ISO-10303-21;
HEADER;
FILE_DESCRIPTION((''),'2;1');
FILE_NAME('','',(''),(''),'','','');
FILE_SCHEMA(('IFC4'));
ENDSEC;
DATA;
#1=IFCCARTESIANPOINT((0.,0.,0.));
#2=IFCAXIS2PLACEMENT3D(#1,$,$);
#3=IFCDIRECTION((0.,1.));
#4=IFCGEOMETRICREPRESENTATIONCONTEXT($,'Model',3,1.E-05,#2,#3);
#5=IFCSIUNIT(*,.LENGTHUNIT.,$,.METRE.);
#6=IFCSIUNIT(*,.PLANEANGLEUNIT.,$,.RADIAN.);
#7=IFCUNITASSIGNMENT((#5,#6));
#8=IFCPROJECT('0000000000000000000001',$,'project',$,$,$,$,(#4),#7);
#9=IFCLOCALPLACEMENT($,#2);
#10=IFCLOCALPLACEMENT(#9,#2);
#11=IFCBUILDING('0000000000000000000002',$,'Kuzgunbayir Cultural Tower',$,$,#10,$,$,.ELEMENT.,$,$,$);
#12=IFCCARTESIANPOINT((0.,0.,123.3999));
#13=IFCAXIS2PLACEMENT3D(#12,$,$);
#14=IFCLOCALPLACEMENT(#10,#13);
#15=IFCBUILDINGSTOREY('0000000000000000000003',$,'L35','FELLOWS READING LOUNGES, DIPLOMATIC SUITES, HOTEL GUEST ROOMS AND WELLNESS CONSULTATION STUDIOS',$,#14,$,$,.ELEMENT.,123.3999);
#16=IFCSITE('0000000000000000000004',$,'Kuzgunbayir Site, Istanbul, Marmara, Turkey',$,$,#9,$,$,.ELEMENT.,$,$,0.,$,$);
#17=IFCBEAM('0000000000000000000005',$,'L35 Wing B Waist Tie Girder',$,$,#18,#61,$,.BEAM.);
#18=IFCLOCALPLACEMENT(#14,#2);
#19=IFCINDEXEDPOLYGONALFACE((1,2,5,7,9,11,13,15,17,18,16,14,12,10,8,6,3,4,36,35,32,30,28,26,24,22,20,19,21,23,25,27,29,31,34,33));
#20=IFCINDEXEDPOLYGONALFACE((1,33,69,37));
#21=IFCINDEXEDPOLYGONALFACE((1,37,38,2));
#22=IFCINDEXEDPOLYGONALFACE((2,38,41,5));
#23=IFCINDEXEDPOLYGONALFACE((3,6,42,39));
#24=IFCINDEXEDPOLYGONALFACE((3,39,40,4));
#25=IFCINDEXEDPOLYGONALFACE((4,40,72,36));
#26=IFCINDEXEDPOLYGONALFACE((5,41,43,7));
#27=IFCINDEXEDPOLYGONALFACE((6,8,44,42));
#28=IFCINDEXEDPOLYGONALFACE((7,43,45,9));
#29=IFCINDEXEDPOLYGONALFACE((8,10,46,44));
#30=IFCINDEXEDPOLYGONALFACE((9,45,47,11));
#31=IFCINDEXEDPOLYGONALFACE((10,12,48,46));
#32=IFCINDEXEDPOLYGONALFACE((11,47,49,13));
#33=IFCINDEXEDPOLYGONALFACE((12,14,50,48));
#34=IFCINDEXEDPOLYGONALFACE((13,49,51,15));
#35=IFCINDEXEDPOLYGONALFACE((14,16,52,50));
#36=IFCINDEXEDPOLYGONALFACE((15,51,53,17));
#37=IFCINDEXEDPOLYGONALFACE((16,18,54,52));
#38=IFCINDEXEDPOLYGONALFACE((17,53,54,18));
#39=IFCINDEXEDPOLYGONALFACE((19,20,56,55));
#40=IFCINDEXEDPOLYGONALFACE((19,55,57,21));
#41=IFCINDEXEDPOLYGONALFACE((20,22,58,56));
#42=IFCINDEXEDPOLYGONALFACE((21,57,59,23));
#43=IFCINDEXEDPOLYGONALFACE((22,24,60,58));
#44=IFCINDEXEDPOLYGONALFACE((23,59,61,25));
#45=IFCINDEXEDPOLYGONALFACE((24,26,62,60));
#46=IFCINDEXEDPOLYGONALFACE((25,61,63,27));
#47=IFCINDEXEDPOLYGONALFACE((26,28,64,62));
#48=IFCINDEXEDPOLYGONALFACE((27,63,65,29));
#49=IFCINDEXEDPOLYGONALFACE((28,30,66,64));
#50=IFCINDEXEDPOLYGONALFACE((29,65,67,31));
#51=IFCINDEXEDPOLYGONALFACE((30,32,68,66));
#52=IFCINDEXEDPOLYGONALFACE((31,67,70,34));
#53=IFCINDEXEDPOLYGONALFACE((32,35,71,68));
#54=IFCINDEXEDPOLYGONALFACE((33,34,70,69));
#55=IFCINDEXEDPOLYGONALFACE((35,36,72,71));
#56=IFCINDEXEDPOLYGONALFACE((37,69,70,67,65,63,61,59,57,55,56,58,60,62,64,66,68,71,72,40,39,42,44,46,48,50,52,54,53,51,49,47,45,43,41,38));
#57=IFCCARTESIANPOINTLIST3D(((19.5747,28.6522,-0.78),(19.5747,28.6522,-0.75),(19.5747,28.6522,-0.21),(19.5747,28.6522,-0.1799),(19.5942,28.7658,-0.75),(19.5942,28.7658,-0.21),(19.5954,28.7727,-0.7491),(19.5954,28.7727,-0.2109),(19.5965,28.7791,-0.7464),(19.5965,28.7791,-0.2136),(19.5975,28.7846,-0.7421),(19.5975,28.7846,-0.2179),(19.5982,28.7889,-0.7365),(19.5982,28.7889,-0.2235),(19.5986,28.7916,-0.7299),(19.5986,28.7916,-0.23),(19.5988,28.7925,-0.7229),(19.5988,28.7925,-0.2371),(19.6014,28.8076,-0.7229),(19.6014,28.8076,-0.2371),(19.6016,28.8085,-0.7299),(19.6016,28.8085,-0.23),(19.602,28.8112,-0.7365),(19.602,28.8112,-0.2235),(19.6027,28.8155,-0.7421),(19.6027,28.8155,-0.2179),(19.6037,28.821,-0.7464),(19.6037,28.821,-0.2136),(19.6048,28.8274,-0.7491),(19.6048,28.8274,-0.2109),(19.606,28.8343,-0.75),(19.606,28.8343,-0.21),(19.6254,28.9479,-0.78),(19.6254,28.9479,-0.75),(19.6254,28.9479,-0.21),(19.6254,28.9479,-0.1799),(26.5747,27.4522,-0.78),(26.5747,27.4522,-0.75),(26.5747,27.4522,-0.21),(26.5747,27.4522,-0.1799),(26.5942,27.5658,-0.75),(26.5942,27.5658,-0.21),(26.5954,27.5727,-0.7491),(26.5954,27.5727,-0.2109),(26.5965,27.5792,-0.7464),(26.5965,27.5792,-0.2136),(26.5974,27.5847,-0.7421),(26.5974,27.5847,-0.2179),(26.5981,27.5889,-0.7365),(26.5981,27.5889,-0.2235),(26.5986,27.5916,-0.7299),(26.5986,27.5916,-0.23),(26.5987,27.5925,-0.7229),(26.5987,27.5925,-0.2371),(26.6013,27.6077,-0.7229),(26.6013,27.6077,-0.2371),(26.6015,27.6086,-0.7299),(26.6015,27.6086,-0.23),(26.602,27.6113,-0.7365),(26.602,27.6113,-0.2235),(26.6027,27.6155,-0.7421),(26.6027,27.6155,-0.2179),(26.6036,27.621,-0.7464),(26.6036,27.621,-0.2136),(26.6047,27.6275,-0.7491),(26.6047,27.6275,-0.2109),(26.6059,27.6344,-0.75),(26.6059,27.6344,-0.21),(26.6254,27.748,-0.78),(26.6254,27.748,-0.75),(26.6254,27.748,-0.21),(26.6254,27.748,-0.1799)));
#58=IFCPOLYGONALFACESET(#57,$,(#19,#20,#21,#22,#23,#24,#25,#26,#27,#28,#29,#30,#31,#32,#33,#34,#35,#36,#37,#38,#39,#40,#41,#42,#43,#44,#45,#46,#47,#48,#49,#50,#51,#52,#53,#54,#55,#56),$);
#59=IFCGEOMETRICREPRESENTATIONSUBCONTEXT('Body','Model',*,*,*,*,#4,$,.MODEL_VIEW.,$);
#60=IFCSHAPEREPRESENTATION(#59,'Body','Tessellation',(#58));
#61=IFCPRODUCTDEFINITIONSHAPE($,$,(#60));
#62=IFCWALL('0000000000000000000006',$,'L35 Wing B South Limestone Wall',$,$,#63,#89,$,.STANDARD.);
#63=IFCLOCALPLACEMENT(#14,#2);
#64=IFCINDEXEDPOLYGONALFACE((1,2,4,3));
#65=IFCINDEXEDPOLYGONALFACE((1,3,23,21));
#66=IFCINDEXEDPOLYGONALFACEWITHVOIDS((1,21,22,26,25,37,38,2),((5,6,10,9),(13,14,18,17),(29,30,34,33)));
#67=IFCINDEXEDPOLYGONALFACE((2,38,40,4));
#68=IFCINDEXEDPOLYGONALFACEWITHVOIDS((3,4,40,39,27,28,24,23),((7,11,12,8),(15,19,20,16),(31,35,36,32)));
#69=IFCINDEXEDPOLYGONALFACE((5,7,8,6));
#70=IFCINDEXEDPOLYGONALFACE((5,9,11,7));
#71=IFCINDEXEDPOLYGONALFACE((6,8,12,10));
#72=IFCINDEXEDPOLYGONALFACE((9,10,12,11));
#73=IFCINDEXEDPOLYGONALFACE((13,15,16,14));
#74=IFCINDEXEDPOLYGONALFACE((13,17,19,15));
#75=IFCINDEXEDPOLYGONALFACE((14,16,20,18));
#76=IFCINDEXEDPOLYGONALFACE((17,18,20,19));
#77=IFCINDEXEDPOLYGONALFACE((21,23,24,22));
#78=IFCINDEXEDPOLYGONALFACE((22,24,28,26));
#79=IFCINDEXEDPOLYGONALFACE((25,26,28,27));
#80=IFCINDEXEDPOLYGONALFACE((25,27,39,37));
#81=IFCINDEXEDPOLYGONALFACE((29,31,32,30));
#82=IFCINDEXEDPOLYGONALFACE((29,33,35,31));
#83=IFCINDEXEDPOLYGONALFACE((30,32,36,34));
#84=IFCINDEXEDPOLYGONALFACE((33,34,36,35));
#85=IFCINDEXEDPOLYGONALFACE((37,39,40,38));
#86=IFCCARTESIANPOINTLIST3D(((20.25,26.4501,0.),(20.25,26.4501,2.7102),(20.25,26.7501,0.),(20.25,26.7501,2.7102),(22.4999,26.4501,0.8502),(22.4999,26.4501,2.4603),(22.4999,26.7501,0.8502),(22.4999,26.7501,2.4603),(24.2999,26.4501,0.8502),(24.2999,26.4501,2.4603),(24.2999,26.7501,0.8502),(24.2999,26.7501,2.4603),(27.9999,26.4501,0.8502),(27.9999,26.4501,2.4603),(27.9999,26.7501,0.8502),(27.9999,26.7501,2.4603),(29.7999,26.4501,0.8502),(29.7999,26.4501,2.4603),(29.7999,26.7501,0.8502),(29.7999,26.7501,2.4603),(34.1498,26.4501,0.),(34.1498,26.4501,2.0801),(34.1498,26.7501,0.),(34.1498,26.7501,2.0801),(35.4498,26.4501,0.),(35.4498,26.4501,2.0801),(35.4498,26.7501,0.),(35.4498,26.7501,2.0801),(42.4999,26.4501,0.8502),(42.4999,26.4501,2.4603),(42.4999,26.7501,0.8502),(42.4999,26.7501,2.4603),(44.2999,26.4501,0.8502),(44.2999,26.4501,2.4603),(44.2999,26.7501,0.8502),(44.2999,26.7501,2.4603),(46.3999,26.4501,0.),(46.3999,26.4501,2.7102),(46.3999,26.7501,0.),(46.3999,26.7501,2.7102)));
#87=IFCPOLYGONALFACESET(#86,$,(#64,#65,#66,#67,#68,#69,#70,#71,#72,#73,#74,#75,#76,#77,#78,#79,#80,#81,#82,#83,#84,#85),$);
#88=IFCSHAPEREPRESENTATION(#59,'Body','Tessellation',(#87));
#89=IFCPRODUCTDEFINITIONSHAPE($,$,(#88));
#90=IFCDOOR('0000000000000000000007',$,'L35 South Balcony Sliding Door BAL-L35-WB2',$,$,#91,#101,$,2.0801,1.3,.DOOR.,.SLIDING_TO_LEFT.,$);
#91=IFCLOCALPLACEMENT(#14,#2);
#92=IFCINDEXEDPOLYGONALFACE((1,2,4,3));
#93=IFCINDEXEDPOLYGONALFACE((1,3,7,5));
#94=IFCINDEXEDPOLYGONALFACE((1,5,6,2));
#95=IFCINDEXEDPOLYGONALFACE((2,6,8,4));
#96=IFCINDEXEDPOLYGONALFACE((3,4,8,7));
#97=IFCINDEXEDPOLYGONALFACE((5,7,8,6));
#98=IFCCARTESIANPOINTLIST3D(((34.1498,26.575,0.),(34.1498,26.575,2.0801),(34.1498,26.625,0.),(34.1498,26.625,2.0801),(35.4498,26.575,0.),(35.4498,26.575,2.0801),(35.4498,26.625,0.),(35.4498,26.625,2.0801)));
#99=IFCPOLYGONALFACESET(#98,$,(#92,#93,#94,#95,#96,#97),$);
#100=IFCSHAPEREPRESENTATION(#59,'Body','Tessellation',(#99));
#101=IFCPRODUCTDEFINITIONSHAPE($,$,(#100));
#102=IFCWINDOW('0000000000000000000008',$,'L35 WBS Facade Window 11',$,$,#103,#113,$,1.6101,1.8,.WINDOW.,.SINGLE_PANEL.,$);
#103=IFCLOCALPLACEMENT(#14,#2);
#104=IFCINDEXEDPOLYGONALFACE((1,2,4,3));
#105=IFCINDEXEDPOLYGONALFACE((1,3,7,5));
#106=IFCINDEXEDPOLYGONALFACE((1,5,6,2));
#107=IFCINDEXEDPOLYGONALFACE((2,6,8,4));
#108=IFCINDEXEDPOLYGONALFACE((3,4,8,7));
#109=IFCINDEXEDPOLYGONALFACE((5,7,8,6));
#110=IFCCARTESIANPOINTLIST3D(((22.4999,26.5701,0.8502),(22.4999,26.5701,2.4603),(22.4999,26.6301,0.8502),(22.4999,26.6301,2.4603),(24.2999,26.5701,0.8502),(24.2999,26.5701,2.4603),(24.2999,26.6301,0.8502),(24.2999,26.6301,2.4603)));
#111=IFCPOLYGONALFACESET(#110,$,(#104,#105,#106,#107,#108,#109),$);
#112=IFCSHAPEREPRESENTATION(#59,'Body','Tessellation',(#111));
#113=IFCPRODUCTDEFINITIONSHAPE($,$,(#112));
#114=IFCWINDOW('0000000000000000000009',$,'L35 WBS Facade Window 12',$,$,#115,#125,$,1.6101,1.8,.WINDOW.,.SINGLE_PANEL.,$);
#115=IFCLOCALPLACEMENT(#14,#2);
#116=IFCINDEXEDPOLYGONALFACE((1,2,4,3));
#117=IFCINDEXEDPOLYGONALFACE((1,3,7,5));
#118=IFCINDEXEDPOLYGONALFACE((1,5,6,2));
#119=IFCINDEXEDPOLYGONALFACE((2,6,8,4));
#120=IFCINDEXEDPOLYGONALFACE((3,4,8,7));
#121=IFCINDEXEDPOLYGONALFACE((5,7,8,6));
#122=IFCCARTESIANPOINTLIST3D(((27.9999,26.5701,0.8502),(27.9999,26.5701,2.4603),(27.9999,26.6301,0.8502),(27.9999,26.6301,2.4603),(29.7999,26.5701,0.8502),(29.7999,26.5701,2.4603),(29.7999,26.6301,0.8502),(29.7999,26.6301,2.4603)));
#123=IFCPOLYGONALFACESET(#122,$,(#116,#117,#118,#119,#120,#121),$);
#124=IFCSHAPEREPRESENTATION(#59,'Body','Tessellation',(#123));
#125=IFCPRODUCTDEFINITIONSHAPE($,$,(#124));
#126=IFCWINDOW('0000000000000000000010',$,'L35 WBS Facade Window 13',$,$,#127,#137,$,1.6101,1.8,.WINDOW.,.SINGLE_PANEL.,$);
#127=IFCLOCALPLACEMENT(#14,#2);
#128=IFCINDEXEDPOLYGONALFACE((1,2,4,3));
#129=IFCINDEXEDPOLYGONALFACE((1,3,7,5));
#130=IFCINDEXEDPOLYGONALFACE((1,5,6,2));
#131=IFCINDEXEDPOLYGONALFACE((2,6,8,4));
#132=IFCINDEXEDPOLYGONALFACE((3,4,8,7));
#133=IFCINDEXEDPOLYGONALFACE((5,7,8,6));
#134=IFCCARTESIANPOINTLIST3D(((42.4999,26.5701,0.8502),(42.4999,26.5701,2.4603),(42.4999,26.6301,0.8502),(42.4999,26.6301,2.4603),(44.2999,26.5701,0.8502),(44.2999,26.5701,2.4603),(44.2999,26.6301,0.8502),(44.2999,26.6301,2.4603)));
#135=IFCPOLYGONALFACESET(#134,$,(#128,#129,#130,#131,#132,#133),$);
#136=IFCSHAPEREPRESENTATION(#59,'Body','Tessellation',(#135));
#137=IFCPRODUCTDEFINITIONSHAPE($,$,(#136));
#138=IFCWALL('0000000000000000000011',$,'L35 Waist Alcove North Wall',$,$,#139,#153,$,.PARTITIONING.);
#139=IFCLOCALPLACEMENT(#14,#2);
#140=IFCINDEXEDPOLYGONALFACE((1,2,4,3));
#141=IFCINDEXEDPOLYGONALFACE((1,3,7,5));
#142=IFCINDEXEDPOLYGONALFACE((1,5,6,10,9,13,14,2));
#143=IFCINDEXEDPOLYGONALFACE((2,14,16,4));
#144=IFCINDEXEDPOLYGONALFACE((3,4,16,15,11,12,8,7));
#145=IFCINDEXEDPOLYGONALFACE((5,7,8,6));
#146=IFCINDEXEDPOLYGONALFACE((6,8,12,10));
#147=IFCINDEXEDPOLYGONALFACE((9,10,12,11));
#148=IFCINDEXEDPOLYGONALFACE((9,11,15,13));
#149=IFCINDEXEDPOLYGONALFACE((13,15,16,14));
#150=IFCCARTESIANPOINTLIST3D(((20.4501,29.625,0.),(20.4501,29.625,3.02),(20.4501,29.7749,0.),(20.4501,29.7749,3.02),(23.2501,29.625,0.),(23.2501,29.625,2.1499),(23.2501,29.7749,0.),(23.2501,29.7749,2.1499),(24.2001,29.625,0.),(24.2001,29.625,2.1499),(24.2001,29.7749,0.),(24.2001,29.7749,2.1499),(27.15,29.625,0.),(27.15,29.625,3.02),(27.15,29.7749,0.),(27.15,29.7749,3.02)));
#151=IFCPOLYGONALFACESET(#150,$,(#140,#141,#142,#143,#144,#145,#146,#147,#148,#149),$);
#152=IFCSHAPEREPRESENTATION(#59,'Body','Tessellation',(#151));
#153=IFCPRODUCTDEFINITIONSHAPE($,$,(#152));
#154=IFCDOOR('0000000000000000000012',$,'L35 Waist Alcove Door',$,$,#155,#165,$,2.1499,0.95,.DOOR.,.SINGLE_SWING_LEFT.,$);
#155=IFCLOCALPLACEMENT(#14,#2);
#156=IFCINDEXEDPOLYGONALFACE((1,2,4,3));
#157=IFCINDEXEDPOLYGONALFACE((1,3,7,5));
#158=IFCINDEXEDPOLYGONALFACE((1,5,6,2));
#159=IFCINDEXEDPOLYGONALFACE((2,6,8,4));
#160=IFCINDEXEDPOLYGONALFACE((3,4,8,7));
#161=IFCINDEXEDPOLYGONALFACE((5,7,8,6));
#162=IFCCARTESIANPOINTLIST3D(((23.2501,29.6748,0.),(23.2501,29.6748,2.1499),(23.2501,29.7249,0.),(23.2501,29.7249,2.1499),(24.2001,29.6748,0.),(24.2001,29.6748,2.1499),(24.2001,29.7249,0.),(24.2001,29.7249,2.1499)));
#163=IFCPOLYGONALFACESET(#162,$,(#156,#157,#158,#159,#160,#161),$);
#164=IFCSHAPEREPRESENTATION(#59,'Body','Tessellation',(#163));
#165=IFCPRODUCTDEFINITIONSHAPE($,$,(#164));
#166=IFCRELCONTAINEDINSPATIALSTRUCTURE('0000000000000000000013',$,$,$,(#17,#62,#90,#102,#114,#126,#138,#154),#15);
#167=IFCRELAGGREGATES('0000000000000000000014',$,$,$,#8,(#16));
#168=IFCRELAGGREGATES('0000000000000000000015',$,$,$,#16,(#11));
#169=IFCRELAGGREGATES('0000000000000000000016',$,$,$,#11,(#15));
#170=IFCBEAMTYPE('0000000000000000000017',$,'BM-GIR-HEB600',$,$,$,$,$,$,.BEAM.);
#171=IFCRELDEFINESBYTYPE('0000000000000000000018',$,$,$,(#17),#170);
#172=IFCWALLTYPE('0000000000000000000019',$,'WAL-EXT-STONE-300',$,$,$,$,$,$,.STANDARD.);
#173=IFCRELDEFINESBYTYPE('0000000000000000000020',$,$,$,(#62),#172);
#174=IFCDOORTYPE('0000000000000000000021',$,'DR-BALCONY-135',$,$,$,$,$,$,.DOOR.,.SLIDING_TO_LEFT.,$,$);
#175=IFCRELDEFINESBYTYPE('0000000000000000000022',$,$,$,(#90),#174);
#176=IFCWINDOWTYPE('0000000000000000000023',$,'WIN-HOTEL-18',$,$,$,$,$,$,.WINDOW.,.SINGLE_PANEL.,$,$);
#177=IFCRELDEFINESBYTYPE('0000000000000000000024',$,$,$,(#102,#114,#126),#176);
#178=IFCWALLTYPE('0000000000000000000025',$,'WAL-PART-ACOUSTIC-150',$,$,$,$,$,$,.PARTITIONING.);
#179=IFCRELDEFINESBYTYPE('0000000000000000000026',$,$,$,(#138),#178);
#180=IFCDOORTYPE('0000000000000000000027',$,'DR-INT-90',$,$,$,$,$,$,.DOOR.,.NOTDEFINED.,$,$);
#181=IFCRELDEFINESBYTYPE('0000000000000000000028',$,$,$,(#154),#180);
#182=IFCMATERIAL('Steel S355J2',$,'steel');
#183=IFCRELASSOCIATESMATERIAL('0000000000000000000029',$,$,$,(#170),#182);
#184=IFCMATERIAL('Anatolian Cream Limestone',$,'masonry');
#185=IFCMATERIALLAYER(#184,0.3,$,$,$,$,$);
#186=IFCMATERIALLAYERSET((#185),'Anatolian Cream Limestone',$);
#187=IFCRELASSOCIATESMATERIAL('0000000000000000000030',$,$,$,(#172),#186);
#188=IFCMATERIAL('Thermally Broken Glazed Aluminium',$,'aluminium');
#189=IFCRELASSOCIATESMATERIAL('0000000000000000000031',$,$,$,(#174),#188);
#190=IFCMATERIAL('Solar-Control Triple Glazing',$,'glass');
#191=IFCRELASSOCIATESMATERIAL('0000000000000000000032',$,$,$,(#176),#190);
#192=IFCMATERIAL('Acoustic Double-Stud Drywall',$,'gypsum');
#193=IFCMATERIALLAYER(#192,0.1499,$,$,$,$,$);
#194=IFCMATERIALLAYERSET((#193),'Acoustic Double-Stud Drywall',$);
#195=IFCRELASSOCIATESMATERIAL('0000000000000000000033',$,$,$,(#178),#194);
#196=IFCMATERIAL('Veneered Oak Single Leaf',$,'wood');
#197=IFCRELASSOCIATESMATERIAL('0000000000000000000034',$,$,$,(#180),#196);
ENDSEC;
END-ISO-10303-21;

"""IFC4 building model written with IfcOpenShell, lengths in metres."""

from ifc_helpers import new_model, si_unit, direction, frame, frame_2d, origin, origin_2d, place, context, subcontext, project, spatial, rectangle, i_section, extrude, material, layer, layer_set, material_profile, profile_set, type_object, element, fill, save


model = new_model("IFC4")

# Units and contexts
model_context = context("Model", 3, precision=1e-05, world=origin(), true_north=direction((0.0, 1.0)))
body_context = subcontext(model_context, "Body", "Model", "MODEL_VIEW")
ifc_project = project(units=[si_unit("LENGTHUNIT", "METRE"), si_unit("PLANEANGLEUNIT", "RADIAN")], contexts=[model_context])

# Site, building, storey
site_placement = place(None, origin())
site = spatial("IfcSite", under=ifc_project, at=site_placement, Name="Kuzgunbayir Site, Istanbul, Marmara, Turkey", CompositionType="ELEMENT", RefElevation=0.0)
building_placement = place(site_placement, origin())
building = spatial("IfcBuilding", under=site, at=building_placement, Name="Kuzgunbayir Cultural Tower", CompositionType="ELEMENT")
storey_placement = place(building_placement, frame((0.0, 0.0, 123.3999)))
storey = spatial("IfcBuildingStorey", under=building, at=storey_placement, Name="L35", Description="FELLOWS READING LOUNGES, DIPLOMATIC SUITES, HOTEL GUEST ROOMS AND WELLNESS CONSULTATION STUDIOS", CompositionType="ELEMENT", Elevation=123.3999)

# Beam
ifc_material_1 = material(Name="Steel S355J2", Category="steel")
ifc_material_profile_1 = material_profile(ifc_material_1, i_section(OverallWidth=0.3, OverallDepth=0.6001, WebThickness=0.0154, FlangeThickness=0.03, FilletRadius=0.0271, at=origin_2d()), Name="HEB 600")
ifc_profile_set_1 = profile_set([ifc_material_profile_1], Name="Steel S355J2")
beam_type_1 = type_object("IfcBeamType", Name="BM-GIR-HEB600", PredefinedType="BEAM", material=ifc_profile_set_1)
beam_1_placement = place(storey_placement, frame((19.6001, 28.8, -0.48), z_axis=(0.985623, -0.168957, 0.0), x_axis=(0.168957, 0.985623, 0.0)))
element("IfcBeam", 1, at=beam_1_placement, inside=storey, type_object=beam_type_1, Name="L35 Wing B Waist Tie Girder", PredefinedType="BEAM", context=body_context, shape_type="SweptSolid", body=[
    extrude(i_section(OverallWidth=0.3, OverallDepth=0.6001, WebThickness=0.0154, FlangeThickness=0.03, FilletRadius=0.0271, at=origin_2d()), origin(), (0.0, 0.0, 1.0), 7.1021),
])

# Wall, openings, door, windows
ifc_material_2 = material(Name="Anatolian Cream Limestone", Category="masonry")
ifc_layer_1 = layer(ifc_material_2, 0.3)
ifc_layer_set_1 = layer_set([ifc_layer_1], Name="Anatolian Cream Limestone")
wall_type_1 = type_object("IfcWallType", Name="WAL-EXT-STONE-300", PredefinedType="STANDARD", material=ifc_layer_set_1)
wall_1_placement = place(storey_placement, frame((20.25, 26.6001, 0.0), z_axis=(0.0, 0.0, 1.0), x_axis=(1.0, 0.0, 0.0)))
wall_1 = element("IfcWall", 2, at=wall_1_placement, inside=storey, type_object=wall_type_1, Name="L35 Wing B South Limestone Wall", PredefinedType="STANDARD", context=body_context, shape_type="SweptSolid", body=[
    extrude(rectangle(XDim=26.1499, YDim=0.3, at=frame_2d((13.075, 0.0))), origin(), (0.0, 0.0, 1.0), 2.7102),
])
opening_1_placement = place(wall_1_placement, frame((13.8999, 0.0, 0.0)))
opening_1 = element("IfcOpeningElement", 3, at=opening_1_placement, cuts=wall_1, PredefinedType="OPENING", context=body_context, shape_type="SweptSolid", body=[
    extrude(rectangle(XDim=1.3, YDim=2.0801, at=frame_2d((0.6499, 1.04))), frame((0.0, 0.1602, 0.0), z_axis=(0.0, -1.0, 0.0), x_axis=(1.0, 0.0, 0.0)), (0.0, 0.0, 1.0), 0.3201),
])
opening_2_placement = place(wall_1_placement, frame((2.25, 0.0, 0.8501)))
opening_2 = element("IfcOpeningElement", 4, at=opening_2_placement, cuts=wall_1, PredefinedType="OPENING", context=body_context, shape_type="SweptSolid", body=[
    extrude(rectangle(XDim=1.8, YDim=1.6101, at=frame_2d((0.8999, 0.8052))), frame((0.0, 0.1602, 0.0), z_axis=(0.0, -1.0, 0.0), x_axis=(1.0, 0.0, 0.0)), (0.0, 0.0, 1.0), 0.3201),
])
opening_3_placement = place(wall_1_placement, frame((7.75, 0.0, 0.8501)))
opening_3 = element("IfcOpeningElement", 5, at=opening_3_placement, cuts=wall_1, PredefinedType="OPENING", context=body_context, shape_type="SweptSolid", body=[
    extrude(rectangle(XDim=1.8, YDim=1.6101, at=frame_2d((0.8999, 0.8052))), frame((0.0, 0.1602, 0.0), z_axis=(0.0, -1.0, 0.0), x_axis=(1.0, 0.0, 0.0)), (0.0, 0.0, 1.0), 0.3201),
])
opening_4_placement = place(wall_1_placement, frame((22.25, 0.0, 0.8501)))
opening_4 = element("IfcOpeningElement", 6, at=opening_4_placement, cuts=wall_1, PredefinedType="OPENING", context=body_context, shape_type="SweptSolid", body=[
    extrude(rectangle(XDim=1.8, YDim=1.6101, at=frame_2d((0.8999, 0.8052))), frame((0.0, 0.1602, 0.0), z_axis=(0.0, -1.0, 0.0), x_axis=(1.0, 0.0, 0.0)), (0.0, 0.0, 1.0), 0.3201),
])
ifc_material_3 = material(Name="Thermally Broken Glazed Aluminium", Category="aluminium")
door_type_1 = type_object("IfcDoorType", Name="DR-BALCONY-135", OperationType="SLIDING_TO_LEFT", PredefinedType="DOOR", material=ifc_material_3)
door_1_placement = place(opening_1_placement, origin())
door_1 = element("IfcDoor", 7, at=door_1_placement, inside=storey, type_object=door_type_1, Name="L35 South Balcony Sliding Door BAL-L35-WB2", OperationType="SLIDING_TO_LEFT", OverallHeight=2.0801, OverallWidth=1.3, PredefinedType="DOOR", context=body_context, shape_type="SweptSolid", body=[
    extrude(rectangle(XDim=1.3, YDim=2.0801, at=frame_2d((0.6499, 1.04))), frame((0.0, 0.0249, 0.0), z_axis=(0.0, -1.0, 0.0), x_axis=(1.0, 0.0, 0.0)), (0.0, 0.0, 1.0), 0.05),
])
fill(opening_1, door_1)
ifc_material_4 = material(Name="Solar-Control Triple Glazing", Category="glass")
window_type = type_object("IfcWindowType", Name="WIN-HOTEL-18", PartitioningType="SINGLE_PANEL", PredefinedType="WINDOW", material=ifc_material_4)
window_1_placement = place(opening_2_placement, origin())
window_1 = element("IfcWindow", 8, at=window_1_placement, inside=storey, type_object=window_type, Name="L35 WBS Facade Window 11", OverallHeight=1.6101, OverallWidth=1.8, PartitioningType="SINGLE_PANEL", PredefinedType="WINDOW", context=body_context, shape_type="SweptSolid", body=[
    extrude(rectangle(XDim=1.8, YDim=1.6101, at=frame_2d((0.8999, 0.8052))), frame((0.0, 0.03, 0.0), z_axis=(0.0, -1.0, 0.0), x_axis=(1.0, 0.0, 0.0)), (0.0, 0.0, 1.0), 0.0601),
])
fill(opening_2, window_1)
window_2_placement = place(opening_3_placement, origin())
window_2 = element("IfcWindow", 9, at=window_2_placement, inside=storey, type_object=window_type, Name="L35 WBS Facade Window 12", OverallHeight=1.6101, OverallWidth=1.8, PartitioningType="SINGLE_PANEL", PredefinedType="WINDOW", context=body_context, shape_type="SweptSolid", body=[
    extrude(rectangle(XDim=1.8, YDim=1.6101, at=frame_2d((0.8999, 0.8052))), frame((0.0, 0.03, 0.0), z_axis=(0.0, -1.0, 0.0), x_axis=(1.0, 0.0, 0.0)), (0.0, 0.0, 1.0), 0.0601),
])
fill(opening_3, window_2)
window_3_placement = place(opening_4_placement, origin())
window_3 = element("IfcWindow", 10, at=window_3_placement, inside=storey, type_object=window_type, Name="L35 WBS Facade Window 13", OverallHeight=1.6101, OverallWidth=1.8, PartitioningType="SINGLE_PANEL", PredefinedType="WINDOW", context=body_context, shape_type="SweptSolid", body=[
    extrude(rectangle(XDim=1.8, YDim=1.6101, at=frame_2d((0.8999, 0.8052))), frame((0.0, 0.03, 0.0), z_axis=(0.0, -1.0, 0.0), x_axis=(1.0, 0.0, 0.0)), (0.0, 0.0, 1.0), 0.0601),
])
fill(opening_4, window_3)

# Wall, opening, door
ifc_material_5 = material(Name="Acoustic Double-Stud Drywall", Category="gypsum")
ifc_layer_2 = layer(ifc_material_5, 0.1499)
ifc_layer_set_2 = layer_set([ifc_layer_2], Name="Acoustic Double-Stud Drywall")
wall_type_2 = type_object("IfcWallType", Name="WAL-PART-ACOUSTIC-150", PredefinedType="PARTITIONING", material=ifc_layer_set_2)
wall_2_placement = place(storey_placement, frame((20.45, 29.7, 0.0), z_axis=(0.0, 0.0, 1.0), x_axis=(1.0, 0.0, 0.0)))
wall_2 = element("IfcWall", 11, at=wall_2_placement, inside=storey, type_object=wall_type_2, Name="L35 Waist Alcove North Wall", PredefinedType="PARTITIONING", context=body_context, shape_type="SweptSolid", body=[
    extrude(rectangle(XDim=6.7, YDim=0.1499, at=frame_2d((3.3501, 0.0))), origin(), (0.0, 0.0, 1.0), 3.02),
])
opening_5_placement = place(wall_2_placement, frame((2.8, 0.0, 0.0)))
opening_5 = element("IfcOpeningElement", 12, at=opening_5_placement, cuts=wall_2, PredefinedType="OPENING", context=body_context, shape_type="SweptSolid", body=[
    extrude(rectangle(XDim=0.95, YDim=2.1499, at=frame_2d((0.4751, 1.075))), frame((0.0, 0.085, 0.0), z_axis=(0.0, -1.0, 0.0), x_axis=(1.0, 0.0, 0.0)), (0.0, 0.0, 1.0), 0.1699),
])
ifc_material_6 = material(Name="Veneered Oak Single Leaf", Category="wood")
door_type_2 = type_object("IfcDoorType", Name="DR-INT-90", OperationType="NOTDEFINED", PredefinedType="DOOR", material=ifc_material_6)
door_2_placement = place(opening_5_placement, origin())
door_2 = element("IfcDoor", 13, at=door_2_placement, inside=storey, type_object=door_type_2, Name="L35 Waist Alcove Door", OperationType="SINGLE_SWING_LEFT", OverallHeight=2.1499, OverallWidth=0.95, PredefinedType="DOOR", context=body_context, shape_type="SweptSolid", body=[
    extrude(rectangle(XDim=0.95, YDim=2.1499, at=frame_2d((0.4751, 1.075))), frame((0.0, 0.0249, 0.0), z_axis=(0.0, -1.0, 0.0), x_axis=(1.0, 0.0, 0.0)), (0.0, 0.0, 1.0), 0.05),
])
fill(opening_5, door_2)

save(model, "model.ifc")
